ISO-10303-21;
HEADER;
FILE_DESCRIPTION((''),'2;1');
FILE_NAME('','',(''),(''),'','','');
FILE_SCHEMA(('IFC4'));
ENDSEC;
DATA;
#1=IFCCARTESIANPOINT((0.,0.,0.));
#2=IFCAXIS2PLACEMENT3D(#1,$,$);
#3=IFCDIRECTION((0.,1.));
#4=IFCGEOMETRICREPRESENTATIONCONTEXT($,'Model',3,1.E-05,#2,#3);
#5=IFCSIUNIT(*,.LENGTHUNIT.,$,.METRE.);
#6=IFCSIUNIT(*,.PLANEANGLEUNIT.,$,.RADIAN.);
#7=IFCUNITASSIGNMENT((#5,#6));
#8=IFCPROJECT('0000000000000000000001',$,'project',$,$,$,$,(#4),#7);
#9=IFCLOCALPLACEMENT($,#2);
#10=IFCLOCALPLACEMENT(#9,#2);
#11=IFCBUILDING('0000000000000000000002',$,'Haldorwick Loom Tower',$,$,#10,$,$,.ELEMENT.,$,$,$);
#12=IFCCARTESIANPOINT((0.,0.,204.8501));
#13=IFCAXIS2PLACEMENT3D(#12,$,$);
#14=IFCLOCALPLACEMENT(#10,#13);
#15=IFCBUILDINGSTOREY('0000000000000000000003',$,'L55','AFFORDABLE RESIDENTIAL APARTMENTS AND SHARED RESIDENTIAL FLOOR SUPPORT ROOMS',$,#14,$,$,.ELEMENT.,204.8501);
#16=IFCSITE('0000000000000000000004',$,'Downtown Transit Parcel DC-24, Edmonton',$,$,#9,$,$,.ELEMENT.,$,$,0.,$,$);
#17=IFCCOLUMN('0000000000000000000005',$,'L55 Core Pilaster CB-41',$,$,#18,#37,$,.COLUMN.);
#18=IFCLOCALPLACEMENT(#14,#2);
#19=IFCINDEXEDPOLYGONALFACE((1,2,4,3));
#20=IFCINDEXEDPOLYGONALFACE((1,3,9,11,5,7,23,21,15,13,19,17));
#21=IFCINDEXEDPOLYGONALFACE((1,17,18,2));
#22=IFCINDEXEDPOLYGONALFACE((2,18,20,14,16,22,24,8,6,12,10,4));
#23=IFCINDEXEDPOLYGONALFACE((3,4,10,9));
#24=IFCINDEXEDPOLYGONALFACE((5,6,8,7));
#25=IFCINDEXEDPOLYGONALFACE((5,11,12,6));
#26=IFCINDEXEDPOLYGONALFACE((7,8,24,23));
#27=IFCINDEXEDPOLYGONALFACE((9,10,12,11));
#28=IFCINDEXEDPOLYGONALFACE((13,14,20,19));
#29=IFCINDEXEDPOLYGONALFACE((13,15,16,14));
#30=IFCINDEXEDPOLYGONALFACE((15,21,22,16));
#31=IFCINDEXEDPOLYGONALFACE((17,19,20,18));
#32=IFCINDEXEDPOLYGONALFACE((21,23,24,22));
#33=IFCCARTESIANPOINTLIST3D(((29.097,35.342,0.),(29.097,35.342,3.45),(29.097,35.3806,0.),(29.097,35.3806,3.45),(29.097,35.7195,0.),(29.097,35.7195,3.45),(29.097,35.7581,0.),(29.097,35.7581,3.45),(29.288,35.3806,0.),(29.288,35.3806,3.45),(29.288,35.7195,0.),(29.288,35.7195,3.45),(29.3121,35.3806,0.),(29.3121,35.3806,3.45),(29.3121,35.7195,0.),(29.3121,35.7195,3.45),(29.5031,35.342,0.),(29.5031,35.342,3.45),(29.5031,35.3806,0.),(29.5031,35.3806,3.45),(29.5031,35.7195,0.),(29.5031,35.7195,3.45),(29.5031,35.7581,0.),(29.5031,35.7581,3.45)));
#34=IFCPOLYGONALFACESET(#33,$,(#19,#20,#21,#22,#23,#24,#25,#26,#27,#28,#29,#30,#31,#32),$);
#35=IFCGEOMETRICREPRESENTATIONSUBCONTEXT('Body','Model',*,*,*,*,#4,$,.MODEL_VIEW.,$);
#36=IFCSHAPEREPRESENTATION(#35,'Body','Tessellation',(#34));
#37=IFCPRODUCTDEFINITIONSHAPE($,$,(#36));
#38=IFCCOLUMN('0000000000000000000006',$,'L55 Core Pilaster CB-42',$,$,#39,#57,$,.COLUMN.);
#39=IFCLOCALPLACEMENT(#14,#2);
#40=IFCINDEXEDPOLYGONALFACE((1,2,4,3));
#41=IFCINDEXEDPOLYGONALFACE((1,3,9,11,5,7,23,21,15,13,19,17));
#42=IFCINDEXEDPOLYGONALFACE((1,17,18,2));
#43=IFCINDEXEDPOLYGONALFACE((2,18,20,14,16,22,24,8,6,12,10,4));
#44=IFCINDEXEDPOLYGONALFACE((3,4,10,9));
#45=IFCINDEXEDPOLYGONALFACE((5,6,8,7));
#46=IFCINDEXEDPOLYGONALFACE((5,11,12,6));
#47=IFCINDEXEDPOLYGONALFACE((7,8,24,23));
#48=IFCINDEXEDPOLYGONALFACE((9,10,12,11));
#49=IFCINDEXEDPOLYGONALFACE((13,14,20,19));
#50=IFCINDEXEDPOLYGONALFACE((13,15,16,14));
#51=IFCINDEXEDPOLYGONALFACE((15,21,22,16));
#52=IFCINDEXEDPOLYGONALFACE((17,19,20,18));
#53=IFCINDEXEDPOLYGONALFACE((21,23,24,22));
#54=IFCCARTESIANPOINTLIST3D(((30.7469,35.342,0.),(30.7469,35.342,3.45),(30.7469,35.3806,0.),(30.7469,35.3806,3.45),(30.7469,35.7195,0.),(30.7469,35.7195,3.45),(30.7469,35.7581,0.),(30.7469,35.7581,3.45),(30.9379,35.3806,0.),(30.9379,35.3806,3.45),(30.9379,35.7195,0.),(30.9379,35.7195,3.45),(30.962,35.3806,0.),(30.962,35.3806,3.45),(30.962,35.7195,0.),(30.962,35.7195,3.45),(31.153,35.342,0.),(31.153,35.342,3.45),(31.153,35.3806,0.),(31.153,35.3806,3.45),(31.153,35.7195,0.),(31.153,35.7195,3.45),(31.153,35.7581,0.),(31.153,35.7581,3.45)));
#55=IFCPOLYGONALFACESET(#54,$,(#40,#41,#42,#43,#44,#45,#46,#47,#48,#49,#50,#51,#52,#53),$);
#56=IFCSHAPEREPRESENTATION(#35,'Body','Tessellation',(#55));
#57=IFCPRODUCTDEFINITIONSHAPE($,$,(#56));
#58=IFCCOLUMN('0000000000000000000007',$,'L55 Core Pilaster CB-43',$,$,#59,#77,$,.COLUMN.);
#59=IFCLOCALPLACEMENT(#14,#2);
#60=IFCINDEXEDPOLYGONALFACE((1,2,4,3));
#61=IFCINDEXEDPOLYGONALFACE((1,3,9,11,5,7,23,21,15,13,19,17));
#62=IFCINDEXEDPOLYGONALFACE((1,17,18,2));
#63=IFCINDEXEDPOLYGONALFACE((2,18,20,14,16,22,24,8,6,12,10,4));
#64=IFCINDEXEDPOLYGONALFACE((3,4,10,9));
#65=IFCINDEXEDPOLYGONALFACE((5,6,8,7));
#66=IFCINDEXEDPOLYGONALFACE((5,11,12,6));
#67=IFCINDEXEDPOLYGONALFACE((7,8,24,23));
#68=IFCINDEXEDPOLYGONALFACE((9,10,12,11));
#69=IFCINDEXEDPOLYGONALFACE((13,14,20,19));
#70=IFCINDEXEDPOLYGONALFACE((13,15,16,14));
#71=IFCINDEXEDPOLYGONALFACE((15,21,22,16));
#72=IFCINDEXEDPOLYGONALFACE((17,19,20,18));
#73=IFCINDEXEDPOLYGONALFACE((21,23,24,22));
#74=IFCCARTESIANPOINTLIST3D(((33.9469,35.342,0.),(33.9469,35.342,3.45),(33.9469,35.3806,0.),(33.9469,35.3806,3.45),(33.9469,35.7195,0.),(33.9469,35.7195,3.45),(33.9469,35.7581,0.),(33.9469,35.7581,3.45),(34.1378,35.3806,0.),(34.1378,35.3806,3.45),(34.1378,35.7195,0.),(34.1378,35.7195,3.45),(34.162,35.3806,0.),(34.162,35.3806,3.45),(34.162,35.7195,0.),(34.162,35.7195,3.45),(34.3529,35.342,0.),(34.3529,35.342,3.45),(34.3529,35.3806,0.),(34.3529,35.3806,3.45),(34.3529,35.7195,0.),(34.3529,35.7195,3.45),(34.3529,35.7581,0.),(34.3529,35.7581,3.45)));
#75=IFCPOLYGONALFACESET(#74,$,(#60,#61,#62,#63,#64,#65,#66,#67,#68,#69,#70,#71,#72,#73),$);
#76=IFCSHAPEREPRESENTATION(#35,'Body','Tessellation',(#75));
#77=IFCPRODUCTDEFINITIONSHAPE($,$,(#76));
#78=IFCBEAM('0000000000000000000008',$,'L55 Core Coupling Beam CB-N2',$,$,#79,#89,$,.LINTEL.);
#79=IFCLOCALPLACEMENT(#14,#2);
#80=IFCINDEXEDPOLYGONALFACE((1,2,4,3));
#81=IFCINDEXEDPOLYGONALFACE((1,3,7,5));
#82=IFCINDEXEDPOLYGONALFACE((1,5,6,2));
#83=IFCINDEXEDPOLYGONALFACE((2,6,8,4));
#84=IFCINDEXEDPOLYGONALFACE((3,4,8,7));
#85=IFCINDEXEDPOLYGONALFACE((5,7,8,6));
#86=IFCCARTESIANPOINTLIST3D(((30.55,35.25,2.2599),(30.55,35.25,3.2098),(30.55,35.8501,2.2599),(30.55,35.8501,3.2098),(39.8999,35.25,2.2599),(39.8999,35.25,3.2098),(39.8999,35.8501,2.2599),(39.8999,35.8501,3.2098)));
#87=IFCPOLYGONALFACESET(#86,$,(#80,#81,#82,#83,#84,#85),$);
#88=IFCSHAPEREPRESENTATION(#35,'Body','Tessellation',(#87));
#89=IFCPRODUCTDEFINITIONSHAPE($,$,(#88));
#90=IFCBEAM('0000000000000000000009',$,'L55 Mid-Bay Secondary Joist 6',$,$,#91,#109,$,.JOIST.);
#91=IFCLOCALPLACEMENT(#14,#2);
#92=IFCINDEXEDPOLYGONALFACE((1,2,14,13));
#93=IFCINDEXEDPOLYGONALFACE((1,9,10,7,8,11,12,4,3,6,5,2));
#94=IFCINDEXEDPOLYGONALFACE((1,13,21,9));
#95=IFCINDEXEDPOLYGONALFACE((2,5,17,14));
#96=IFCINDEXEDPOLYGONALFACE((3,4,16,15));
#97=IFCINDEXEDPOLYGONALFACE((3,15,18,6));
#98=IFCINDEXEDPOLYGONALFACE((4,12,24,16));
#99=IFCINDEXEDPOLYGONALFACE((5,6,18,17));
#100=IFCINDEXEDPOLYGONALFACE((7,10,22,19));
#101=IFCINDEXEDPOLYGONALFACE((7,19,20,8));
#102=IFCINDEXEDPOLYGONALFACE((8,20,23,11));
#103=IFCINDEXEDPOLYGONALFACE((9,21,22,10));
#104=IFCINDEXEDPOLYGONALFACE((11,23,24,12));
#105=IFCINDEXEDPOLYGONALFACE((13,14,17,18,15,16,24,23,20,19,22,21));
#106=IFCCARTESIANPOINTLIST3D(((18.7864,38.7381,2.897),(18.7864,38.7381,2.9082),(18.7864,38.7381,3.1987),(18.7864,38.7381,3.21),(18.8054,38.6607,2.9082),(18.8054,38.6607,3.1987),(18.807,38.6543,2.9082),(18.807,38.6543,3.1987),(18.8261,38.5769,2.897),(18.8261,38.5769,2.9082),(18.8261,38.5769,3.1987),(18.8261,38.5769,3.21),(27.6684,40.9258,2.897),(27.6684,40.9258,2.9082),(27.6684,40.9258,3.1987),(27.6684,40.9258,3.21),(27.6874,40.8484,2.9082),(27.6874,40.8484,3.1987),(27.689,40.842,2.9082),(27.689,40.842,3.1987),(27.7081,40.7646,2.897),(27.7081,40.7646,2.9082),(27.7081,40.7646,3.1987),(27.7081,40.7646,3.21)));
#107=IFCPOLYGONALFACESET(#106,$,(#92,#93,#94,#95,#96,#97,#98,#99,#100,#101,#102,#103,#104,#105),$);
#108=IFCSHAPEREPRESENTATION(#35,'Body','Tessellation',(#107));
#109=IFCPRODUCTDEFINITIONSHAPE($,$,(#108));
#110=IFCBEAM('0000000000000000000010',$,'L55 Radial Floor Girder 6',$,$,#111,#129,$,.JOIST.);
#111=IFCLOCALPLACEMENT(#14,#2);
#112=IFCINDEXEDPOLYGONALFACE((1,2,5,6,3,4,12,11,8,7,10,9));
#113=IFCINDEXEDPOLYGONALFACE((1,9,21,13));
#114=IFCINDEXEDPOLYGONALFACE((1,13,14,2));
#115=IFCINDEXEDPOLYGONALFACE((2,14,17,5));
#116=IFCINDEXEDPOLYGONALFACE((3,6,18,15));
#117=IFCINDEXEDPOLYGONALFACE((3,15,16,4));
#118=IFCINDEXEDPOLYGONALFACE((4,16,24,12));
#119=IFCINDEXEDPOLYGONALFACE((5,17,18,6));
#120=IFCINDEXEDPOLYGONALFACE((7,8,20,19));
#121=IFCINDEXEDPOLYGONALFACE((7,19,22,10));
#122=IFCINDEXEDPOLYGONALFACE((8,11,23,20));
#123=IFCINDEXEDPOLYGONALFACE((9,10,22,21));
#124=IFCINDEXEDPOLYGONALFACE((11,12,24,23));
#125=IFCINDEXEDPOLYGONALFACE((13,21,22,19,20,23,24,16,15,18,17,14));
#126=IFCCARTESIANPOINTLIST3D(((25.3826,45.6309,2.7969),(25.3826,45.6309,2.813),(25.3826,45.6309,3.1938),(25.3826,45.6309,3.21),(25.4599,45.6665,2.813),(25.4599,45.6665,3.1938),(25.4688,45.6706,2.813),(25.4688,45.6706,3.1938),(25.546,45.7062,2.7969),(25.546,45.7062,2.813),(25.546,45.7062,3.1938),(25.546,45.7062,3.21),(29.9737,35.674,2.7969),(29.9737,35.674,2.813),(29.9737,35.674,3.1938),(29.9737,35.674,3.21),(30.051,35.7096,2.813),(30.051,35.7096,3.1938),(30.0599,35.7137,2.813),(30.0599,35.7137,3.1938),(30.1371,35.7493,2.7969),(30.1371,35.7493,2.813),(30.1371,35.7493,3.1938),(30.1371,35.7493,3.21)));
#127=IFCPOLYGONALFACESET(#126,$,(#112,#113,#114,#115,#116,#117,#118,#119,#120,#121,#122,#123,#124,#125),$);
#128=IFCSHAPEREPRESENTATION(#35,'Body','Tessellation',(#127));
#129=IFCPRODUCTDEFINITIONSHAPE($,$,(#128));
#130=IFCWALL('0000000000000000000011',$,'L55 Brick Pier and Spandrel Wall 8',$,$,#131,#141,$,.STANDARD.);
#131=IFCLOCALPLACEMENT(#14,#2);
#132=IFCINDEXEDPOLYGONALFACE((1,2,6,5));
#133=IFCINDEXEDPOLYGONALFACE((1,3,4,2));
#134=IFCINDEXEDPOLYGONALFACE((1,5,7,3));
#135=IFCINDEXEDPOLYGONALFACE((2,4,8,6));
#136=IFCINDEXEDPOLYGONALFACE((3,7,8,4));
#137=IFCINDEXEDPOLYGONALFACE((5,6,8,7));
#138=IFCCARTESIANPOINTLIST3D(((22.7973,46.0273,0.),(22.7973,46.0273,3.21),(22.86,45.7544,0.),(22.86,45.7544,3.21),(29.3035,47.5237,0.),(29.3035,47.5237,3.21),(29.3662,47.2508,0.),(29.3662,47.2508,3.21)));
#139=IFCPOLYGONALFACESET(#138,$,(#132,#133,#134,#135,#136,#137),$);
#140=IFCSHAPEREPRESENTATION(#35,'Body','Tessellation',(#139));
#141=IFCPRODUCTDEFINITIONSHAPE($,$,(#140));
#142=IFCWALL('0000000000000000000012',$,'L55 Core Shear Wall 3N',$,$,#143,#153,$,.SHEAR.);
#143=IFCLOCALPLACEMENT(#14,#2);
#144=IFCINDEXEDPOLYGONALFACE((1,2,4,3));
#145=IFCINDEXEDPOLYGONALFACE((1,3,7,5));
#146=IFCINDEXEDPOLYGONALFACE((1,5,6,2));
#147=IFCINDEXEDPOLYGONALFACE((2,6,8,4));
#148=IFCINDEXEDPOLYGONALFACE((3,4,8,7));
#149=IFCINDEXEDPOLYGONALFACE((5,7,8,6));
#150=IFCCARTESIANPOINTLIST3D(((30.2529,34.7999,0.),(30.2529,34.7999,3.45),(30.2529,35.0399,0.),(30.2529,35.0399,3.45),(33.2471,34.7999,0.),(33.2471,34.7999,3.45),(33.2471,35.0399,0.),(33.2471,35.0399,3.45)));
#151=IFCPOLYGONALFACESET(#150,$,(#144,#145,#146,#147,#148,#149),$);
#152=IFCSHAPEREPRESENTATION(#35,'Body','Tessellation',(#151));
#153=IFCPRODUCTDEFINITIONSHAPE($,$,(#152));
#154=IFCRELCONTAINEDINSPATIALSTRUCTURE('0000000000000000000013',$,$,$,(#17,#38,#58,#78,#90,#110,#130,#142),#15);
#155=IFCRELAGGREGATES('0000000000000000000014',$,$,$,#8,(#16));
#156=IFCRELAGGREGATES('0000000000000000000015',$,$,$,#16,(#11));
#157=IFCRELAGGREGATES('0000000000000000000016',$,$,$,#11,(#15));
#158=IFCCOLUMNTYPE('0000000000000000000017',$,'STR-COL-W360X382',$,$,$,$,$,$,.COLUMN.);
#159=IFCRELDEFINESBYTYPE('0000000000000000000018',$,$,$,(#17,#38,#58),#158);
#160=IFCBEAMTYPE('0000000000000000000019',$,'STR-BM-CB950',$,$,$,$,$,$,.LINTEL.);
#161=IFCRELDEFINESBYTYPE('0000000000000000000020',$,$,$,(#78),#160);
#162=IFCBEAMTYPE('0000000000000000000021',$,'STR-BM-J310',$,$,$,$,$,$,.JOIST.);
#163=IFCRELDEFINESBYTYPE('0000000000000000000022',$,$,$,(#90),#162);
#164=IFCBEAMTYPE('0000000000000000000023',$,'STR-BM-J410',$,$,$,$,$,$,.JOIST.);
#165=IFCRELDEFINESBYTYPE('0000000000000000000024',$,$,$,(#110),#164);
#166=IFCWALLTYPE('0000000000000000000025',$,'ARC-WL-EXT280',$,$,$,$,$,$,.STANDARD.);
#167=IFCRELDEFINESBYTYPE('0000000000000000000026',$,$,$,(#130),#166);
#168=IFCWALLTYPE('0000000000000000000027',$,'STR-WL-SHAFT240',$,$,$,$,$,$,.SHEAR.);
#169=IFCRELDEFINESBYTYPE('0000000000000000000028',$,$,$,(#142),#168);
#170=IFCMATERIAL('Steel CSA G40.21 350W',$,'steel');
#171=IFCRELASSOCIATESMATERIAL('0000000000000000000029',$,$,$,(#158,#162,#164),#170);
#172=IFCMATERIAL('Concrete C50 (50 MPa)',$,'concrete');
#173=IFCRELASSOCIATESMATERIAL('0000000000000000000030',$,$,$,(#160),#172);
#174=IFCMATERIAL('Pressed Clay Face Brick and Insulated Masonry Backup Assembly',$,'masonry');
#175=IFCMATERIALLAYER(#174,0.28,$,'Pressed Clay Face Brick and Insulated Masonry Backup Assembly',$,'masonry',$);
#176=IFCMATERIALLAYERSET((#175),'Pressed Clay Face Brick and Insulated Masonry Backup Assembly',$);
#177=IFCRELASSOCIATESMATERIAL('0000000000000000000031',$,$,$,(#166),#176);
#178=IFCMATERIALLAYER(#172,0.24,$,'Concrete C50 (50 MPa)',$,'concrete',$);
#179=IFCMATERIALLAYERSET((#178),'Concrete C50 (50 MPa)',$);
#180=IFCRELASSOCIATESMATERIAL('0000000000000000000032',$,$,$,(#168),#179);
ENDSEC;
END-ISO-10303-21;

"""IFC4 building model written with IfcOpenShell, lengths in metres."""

from ifc_helpers import new_model, si_unit, direction, frame, frame_2d, origin, origin_2d, place, context, subcontext, project, spatial, rectangle, i_section, extrude, material, layer, layer_set, material_profile, profile_set, type_object, element, save


model = new_model("IFC4")

# Units and contexts
model_context = context("Model", 3, precision=1e-05, world=origin(), true_north=direction((0.0, 1.0)))
body_context = subcontext(model_context, "Body", "Model", "MODEL_VIEW")
ifc_project = project(units=[si_unit("LENGTHUNIT", "METRE"), si_unit("PLANEANGLEUNIT", "RADIAN")], contexts=[model_context])

# Site, building, storey
site_placement = place(None, origin())
site = spatial("IfcSite", under=ifc_project, at=site_placement, Name="Downtown Transit Parcel DC-24, Edmonton", CompositionType="ELEMENT", RefElevation=0.0)
building_placement = place(site_placement, origin())
building = spatial("IfcBuilding", under=site, at=building_placement, Name="Haldorwick Loom Tower", CompositionType="ELEMENT")
storey_placement = place(building_placement, frame((0.0, 0.0, 204.8501)))
storey = spatial("IfcBuildingStorey", under=building, at=storey_placement, Name="L55", Description="AFFORDABLE RESIDENTIAL APARTMENTS AND SHARED RESIDENTIAL FLOOR SUPPORT ROOMS", CompositionType="ELEMENT", Elevation=204.8501)

# Columns
ifc_material_1 = material(Name="Steel CSA G40.21 350W", Category="steel")
ifc_material_profile_1 = material_profile(ifc_material_1, i_section(OverallWidth=0.406, OverallDepth=0.416, WebThickness=0.0242, FlangeThickness=0.0386, at=origin_2d()), Name="W360X382", Category="steel")
ifc_profile_set_1 = profile_set([ifc_material_profile_1], Name="Steel CSA G40.21 350W")
column_type_1 = type_object("IfcColumnType", Name="STR-COL-W360X382", PredefinedType="COLUMN", material=ifc_profile_set_1)
for number, where, z_axis, x_axis, name in (
    (1, (29.3, 35.55, 0.0), (0.0, 0.0, 1.0), (1.0, 0.0, 0.0), "L55 Core Pilaster CB-41"),
    (2, (30.95, 35.55, 0.0), (0.0, 0.0, 1.0), (1.0, 0.0, 0.0), "L55 Core Pilaster CB-42"),
    (3, (34.1499, 35.55, 0.0), (0.0, 0.0, 1.0), (1.0, 0.0, 0.0), "L55 Core Pilaster CB-43"),
):
    element("IfcColumn", number, at=place(storey_placement, frame(where, z_axis=z_axis, x_axis=x_axis)), inside=storey, type_object=column_type_1, Name=name, PredefinedType="COLUMN", context=body_context, shape_type="SweptSolid", body=[
        extrude(i_section(OverallWidth=0.406, OverallDepth=0.416, WebThickness=0.0242, FlangeThickness=0.0386, at=origin_2d()), origin(), (0.0, 0.0, 1.0), 3.45),
    ])

# Beams
ifc_material_2 = material(Name="Concrete C50 (50 MPa)", Category="concrete")
ifc_material_profile_2 = material_profile(ifc_material_2, rectangle(XDim=0.6001, YDim=0.95, at=origin_2d()), Name="RC600X950", Category="concrete")
ifc_profile_set_2 = profile_set([ifc_material_profile_2], Name="Concrete C50 (50 MPa)")
beam_type_1 = type_object("IfcBeamType", Name="STR-BM-CB950", PredefinedType="LINTEL", material=ifc_profile_set_2)
beam_1_placement = place(storey_placement, frame((30.55, 35.55, 2.7349), z_axis=(1.0, 0.0, 0.0), x_axis=(0.0, 1.0, 0.0)))
element("IfcBeam", 4, at=beam_1_placement, inside=storey, type_object=beam_type_1, Name="L55 Core Coupling Beam CB-N2", PredefinedType="LINTEL", context=body_context, shape_type="SweptSolid", body=[
    extrude(rectangle(XDim=0.6001, YDim=0.95, at=origin_2d()), origin(), (0.0, 0.0, 1.0), 9.3499),
])
ifc_material_profile_3 = material_profile(ifc_material_1, i_section(OverallWidth=0.166, OverallDepth=0.313, WebThickness=0.0066, FlangeThickness=0.0112, at=origin_2d()), Name="W310X45", Category="steel")
ifc_profile_set_3 = profile_set([ifc_material_profile_3], Name="Steel CSA G40.21 350W")
beam_type_2 = type_object("IfcBeamType", Name="STR-BM-J310", PredefinedType="JOIST", material=ifc_profile_set_3)
beam_2_placement = place(storey_placement, frame((27.6882, 40.8452, 3.0535), z_axis=(-0.97098, -0.239162, 0.0), x_axis=(0.239162, -0.97098, 0.0)))
element("IfcBeam", 5, at=beam_2_placement, inside=storey, type_object=beam_type_2, Name="L55 Mid-Bay Secondary Joist 6", PredefinedType="JOIST", context=body_context, shape_type="SweptSolid", body=[
    extrude(i_section(OverallWidth=0.166, OverallDepth=0.313, WebThickness=0.0066, FlangeThickness=0.0112, at=origin_2d()), origin(), (0.0, 0.0, 1.0), 9.1475),
])
ifc_material_profile_4 = material_profile(ifc_material_1, i_section(OverallWidth=0.1799, OverallDepth=0.4131, WebThickness=0.0098, FlangeThickness=0.0161, at=origin_2d()), Name="W410X74", Category="steel")
ifc_profile_set_4 = profile_set([ifc_material_profile_4], Name="Steel CSA G40.21 350W")
beam_type_3 = type_object("IfcBeamType", Name="STR-BM-J410", PredefinedType="JOIST", material=ifc_profile_set_4)
beam_3_placement = place(storey_placement, frame((30.0554, 35.7117, 3.0034), z_axis=(-0.418729, 0.908111, 0.0), x_axis=(-0.908111, -0.418729, 0.0)))
element("IfcBeam", 6, at=beam_3_placement, inside=storey, type_object=beam_type_3, Name="L55 Radial Floor Girder 6", PredefinedType="JOIST", context=body_context, shape_type="SweptSolid", body=[
    extrude(i_section(OverallWidth=0.1799, OverallDepth=0.4131, WebThickness=0.0098, FlangeThickness=0.0161, at=origin_2d()), origin(), (0.0, 0.0, 1.0), 10.9644),
])

# Walls
ifc_material_3 = material(Name="Pressed Clay Face Brick and Insulated Masonry Backup Assembly", Category="masonry")
ifc_layer_1 = layer(ifc_material_3, 0.28, Name="Pressed Clay Face Brick and Insulated Masonry Backup Assembly", Category="masonry")
ifc_layer_set_1 = layer_set([ifc_layer_1], Name="Pressed Clay Face Brick and Insulated Masonry Backup Assembly")
wall_type_1 = type_object("IfcWallType", Name="ARC-WL-EXT280", PredefinedType="STANDARD", material=ifc_layer_set_1)
wall_1_placement = place(storey_placement, frame((29.3347, 47.3872, 0.0), z_axis=(0.0, 0.0, 1.0), x_axis=(-0.974557, -0.224138, 0.0)))
element("IfcWall", 7, at=wall_1_placement, inside=storey, type_object=wall_type_1, Name="L55 Brick Pier and Spandrel Wall 8", PredefinedType="STANDARD", context=body_context, shape_type="SweptSolid", body=[
    extrude(rectangle(XDim=6.676, YDim=0.28, at=frame_2d((3.3379, 0.0))), origin(), (0.0, 0.0, 1.0), 3.21),
])
ifc_layer_2 = layer(ifc_material_2, 0.24, Name="Concrete C50 (50 MPa)", Category="concrete")
ifc_layer_set_2 = layer_set([ifc_layer_2], Name="Concrete C50 (50 MPa)")
wall_type_2 = type_object("IfcWallType", Name="STR-WL-SHAFT240", PredefinedType="SHEAR", material=ifc_layer_set_2)
wall_2_placement = place(storey_placement, frame((30.2529, 34.9199, 0.0), z_axis=(0.0, 0.0, 1.0), x_axis=(1.0, 0.0, 0.0)))
element("IfcWall", 8, at=wall_2_placement, inside=storey, type_object=wall_type_2, Name="L55 Core Shear Wall 3N", PredefinedType="SHEAR", context=body_context, shape_type="SweptSolid", body=[
    extrude(rectangle(XDim=2.9941, YDim=0.24, at=frame_2d((1.4971, 0.0))), origin(), (0.0, 0.0, 1.0), 3.45),
])

save(model, "model.ifc")
